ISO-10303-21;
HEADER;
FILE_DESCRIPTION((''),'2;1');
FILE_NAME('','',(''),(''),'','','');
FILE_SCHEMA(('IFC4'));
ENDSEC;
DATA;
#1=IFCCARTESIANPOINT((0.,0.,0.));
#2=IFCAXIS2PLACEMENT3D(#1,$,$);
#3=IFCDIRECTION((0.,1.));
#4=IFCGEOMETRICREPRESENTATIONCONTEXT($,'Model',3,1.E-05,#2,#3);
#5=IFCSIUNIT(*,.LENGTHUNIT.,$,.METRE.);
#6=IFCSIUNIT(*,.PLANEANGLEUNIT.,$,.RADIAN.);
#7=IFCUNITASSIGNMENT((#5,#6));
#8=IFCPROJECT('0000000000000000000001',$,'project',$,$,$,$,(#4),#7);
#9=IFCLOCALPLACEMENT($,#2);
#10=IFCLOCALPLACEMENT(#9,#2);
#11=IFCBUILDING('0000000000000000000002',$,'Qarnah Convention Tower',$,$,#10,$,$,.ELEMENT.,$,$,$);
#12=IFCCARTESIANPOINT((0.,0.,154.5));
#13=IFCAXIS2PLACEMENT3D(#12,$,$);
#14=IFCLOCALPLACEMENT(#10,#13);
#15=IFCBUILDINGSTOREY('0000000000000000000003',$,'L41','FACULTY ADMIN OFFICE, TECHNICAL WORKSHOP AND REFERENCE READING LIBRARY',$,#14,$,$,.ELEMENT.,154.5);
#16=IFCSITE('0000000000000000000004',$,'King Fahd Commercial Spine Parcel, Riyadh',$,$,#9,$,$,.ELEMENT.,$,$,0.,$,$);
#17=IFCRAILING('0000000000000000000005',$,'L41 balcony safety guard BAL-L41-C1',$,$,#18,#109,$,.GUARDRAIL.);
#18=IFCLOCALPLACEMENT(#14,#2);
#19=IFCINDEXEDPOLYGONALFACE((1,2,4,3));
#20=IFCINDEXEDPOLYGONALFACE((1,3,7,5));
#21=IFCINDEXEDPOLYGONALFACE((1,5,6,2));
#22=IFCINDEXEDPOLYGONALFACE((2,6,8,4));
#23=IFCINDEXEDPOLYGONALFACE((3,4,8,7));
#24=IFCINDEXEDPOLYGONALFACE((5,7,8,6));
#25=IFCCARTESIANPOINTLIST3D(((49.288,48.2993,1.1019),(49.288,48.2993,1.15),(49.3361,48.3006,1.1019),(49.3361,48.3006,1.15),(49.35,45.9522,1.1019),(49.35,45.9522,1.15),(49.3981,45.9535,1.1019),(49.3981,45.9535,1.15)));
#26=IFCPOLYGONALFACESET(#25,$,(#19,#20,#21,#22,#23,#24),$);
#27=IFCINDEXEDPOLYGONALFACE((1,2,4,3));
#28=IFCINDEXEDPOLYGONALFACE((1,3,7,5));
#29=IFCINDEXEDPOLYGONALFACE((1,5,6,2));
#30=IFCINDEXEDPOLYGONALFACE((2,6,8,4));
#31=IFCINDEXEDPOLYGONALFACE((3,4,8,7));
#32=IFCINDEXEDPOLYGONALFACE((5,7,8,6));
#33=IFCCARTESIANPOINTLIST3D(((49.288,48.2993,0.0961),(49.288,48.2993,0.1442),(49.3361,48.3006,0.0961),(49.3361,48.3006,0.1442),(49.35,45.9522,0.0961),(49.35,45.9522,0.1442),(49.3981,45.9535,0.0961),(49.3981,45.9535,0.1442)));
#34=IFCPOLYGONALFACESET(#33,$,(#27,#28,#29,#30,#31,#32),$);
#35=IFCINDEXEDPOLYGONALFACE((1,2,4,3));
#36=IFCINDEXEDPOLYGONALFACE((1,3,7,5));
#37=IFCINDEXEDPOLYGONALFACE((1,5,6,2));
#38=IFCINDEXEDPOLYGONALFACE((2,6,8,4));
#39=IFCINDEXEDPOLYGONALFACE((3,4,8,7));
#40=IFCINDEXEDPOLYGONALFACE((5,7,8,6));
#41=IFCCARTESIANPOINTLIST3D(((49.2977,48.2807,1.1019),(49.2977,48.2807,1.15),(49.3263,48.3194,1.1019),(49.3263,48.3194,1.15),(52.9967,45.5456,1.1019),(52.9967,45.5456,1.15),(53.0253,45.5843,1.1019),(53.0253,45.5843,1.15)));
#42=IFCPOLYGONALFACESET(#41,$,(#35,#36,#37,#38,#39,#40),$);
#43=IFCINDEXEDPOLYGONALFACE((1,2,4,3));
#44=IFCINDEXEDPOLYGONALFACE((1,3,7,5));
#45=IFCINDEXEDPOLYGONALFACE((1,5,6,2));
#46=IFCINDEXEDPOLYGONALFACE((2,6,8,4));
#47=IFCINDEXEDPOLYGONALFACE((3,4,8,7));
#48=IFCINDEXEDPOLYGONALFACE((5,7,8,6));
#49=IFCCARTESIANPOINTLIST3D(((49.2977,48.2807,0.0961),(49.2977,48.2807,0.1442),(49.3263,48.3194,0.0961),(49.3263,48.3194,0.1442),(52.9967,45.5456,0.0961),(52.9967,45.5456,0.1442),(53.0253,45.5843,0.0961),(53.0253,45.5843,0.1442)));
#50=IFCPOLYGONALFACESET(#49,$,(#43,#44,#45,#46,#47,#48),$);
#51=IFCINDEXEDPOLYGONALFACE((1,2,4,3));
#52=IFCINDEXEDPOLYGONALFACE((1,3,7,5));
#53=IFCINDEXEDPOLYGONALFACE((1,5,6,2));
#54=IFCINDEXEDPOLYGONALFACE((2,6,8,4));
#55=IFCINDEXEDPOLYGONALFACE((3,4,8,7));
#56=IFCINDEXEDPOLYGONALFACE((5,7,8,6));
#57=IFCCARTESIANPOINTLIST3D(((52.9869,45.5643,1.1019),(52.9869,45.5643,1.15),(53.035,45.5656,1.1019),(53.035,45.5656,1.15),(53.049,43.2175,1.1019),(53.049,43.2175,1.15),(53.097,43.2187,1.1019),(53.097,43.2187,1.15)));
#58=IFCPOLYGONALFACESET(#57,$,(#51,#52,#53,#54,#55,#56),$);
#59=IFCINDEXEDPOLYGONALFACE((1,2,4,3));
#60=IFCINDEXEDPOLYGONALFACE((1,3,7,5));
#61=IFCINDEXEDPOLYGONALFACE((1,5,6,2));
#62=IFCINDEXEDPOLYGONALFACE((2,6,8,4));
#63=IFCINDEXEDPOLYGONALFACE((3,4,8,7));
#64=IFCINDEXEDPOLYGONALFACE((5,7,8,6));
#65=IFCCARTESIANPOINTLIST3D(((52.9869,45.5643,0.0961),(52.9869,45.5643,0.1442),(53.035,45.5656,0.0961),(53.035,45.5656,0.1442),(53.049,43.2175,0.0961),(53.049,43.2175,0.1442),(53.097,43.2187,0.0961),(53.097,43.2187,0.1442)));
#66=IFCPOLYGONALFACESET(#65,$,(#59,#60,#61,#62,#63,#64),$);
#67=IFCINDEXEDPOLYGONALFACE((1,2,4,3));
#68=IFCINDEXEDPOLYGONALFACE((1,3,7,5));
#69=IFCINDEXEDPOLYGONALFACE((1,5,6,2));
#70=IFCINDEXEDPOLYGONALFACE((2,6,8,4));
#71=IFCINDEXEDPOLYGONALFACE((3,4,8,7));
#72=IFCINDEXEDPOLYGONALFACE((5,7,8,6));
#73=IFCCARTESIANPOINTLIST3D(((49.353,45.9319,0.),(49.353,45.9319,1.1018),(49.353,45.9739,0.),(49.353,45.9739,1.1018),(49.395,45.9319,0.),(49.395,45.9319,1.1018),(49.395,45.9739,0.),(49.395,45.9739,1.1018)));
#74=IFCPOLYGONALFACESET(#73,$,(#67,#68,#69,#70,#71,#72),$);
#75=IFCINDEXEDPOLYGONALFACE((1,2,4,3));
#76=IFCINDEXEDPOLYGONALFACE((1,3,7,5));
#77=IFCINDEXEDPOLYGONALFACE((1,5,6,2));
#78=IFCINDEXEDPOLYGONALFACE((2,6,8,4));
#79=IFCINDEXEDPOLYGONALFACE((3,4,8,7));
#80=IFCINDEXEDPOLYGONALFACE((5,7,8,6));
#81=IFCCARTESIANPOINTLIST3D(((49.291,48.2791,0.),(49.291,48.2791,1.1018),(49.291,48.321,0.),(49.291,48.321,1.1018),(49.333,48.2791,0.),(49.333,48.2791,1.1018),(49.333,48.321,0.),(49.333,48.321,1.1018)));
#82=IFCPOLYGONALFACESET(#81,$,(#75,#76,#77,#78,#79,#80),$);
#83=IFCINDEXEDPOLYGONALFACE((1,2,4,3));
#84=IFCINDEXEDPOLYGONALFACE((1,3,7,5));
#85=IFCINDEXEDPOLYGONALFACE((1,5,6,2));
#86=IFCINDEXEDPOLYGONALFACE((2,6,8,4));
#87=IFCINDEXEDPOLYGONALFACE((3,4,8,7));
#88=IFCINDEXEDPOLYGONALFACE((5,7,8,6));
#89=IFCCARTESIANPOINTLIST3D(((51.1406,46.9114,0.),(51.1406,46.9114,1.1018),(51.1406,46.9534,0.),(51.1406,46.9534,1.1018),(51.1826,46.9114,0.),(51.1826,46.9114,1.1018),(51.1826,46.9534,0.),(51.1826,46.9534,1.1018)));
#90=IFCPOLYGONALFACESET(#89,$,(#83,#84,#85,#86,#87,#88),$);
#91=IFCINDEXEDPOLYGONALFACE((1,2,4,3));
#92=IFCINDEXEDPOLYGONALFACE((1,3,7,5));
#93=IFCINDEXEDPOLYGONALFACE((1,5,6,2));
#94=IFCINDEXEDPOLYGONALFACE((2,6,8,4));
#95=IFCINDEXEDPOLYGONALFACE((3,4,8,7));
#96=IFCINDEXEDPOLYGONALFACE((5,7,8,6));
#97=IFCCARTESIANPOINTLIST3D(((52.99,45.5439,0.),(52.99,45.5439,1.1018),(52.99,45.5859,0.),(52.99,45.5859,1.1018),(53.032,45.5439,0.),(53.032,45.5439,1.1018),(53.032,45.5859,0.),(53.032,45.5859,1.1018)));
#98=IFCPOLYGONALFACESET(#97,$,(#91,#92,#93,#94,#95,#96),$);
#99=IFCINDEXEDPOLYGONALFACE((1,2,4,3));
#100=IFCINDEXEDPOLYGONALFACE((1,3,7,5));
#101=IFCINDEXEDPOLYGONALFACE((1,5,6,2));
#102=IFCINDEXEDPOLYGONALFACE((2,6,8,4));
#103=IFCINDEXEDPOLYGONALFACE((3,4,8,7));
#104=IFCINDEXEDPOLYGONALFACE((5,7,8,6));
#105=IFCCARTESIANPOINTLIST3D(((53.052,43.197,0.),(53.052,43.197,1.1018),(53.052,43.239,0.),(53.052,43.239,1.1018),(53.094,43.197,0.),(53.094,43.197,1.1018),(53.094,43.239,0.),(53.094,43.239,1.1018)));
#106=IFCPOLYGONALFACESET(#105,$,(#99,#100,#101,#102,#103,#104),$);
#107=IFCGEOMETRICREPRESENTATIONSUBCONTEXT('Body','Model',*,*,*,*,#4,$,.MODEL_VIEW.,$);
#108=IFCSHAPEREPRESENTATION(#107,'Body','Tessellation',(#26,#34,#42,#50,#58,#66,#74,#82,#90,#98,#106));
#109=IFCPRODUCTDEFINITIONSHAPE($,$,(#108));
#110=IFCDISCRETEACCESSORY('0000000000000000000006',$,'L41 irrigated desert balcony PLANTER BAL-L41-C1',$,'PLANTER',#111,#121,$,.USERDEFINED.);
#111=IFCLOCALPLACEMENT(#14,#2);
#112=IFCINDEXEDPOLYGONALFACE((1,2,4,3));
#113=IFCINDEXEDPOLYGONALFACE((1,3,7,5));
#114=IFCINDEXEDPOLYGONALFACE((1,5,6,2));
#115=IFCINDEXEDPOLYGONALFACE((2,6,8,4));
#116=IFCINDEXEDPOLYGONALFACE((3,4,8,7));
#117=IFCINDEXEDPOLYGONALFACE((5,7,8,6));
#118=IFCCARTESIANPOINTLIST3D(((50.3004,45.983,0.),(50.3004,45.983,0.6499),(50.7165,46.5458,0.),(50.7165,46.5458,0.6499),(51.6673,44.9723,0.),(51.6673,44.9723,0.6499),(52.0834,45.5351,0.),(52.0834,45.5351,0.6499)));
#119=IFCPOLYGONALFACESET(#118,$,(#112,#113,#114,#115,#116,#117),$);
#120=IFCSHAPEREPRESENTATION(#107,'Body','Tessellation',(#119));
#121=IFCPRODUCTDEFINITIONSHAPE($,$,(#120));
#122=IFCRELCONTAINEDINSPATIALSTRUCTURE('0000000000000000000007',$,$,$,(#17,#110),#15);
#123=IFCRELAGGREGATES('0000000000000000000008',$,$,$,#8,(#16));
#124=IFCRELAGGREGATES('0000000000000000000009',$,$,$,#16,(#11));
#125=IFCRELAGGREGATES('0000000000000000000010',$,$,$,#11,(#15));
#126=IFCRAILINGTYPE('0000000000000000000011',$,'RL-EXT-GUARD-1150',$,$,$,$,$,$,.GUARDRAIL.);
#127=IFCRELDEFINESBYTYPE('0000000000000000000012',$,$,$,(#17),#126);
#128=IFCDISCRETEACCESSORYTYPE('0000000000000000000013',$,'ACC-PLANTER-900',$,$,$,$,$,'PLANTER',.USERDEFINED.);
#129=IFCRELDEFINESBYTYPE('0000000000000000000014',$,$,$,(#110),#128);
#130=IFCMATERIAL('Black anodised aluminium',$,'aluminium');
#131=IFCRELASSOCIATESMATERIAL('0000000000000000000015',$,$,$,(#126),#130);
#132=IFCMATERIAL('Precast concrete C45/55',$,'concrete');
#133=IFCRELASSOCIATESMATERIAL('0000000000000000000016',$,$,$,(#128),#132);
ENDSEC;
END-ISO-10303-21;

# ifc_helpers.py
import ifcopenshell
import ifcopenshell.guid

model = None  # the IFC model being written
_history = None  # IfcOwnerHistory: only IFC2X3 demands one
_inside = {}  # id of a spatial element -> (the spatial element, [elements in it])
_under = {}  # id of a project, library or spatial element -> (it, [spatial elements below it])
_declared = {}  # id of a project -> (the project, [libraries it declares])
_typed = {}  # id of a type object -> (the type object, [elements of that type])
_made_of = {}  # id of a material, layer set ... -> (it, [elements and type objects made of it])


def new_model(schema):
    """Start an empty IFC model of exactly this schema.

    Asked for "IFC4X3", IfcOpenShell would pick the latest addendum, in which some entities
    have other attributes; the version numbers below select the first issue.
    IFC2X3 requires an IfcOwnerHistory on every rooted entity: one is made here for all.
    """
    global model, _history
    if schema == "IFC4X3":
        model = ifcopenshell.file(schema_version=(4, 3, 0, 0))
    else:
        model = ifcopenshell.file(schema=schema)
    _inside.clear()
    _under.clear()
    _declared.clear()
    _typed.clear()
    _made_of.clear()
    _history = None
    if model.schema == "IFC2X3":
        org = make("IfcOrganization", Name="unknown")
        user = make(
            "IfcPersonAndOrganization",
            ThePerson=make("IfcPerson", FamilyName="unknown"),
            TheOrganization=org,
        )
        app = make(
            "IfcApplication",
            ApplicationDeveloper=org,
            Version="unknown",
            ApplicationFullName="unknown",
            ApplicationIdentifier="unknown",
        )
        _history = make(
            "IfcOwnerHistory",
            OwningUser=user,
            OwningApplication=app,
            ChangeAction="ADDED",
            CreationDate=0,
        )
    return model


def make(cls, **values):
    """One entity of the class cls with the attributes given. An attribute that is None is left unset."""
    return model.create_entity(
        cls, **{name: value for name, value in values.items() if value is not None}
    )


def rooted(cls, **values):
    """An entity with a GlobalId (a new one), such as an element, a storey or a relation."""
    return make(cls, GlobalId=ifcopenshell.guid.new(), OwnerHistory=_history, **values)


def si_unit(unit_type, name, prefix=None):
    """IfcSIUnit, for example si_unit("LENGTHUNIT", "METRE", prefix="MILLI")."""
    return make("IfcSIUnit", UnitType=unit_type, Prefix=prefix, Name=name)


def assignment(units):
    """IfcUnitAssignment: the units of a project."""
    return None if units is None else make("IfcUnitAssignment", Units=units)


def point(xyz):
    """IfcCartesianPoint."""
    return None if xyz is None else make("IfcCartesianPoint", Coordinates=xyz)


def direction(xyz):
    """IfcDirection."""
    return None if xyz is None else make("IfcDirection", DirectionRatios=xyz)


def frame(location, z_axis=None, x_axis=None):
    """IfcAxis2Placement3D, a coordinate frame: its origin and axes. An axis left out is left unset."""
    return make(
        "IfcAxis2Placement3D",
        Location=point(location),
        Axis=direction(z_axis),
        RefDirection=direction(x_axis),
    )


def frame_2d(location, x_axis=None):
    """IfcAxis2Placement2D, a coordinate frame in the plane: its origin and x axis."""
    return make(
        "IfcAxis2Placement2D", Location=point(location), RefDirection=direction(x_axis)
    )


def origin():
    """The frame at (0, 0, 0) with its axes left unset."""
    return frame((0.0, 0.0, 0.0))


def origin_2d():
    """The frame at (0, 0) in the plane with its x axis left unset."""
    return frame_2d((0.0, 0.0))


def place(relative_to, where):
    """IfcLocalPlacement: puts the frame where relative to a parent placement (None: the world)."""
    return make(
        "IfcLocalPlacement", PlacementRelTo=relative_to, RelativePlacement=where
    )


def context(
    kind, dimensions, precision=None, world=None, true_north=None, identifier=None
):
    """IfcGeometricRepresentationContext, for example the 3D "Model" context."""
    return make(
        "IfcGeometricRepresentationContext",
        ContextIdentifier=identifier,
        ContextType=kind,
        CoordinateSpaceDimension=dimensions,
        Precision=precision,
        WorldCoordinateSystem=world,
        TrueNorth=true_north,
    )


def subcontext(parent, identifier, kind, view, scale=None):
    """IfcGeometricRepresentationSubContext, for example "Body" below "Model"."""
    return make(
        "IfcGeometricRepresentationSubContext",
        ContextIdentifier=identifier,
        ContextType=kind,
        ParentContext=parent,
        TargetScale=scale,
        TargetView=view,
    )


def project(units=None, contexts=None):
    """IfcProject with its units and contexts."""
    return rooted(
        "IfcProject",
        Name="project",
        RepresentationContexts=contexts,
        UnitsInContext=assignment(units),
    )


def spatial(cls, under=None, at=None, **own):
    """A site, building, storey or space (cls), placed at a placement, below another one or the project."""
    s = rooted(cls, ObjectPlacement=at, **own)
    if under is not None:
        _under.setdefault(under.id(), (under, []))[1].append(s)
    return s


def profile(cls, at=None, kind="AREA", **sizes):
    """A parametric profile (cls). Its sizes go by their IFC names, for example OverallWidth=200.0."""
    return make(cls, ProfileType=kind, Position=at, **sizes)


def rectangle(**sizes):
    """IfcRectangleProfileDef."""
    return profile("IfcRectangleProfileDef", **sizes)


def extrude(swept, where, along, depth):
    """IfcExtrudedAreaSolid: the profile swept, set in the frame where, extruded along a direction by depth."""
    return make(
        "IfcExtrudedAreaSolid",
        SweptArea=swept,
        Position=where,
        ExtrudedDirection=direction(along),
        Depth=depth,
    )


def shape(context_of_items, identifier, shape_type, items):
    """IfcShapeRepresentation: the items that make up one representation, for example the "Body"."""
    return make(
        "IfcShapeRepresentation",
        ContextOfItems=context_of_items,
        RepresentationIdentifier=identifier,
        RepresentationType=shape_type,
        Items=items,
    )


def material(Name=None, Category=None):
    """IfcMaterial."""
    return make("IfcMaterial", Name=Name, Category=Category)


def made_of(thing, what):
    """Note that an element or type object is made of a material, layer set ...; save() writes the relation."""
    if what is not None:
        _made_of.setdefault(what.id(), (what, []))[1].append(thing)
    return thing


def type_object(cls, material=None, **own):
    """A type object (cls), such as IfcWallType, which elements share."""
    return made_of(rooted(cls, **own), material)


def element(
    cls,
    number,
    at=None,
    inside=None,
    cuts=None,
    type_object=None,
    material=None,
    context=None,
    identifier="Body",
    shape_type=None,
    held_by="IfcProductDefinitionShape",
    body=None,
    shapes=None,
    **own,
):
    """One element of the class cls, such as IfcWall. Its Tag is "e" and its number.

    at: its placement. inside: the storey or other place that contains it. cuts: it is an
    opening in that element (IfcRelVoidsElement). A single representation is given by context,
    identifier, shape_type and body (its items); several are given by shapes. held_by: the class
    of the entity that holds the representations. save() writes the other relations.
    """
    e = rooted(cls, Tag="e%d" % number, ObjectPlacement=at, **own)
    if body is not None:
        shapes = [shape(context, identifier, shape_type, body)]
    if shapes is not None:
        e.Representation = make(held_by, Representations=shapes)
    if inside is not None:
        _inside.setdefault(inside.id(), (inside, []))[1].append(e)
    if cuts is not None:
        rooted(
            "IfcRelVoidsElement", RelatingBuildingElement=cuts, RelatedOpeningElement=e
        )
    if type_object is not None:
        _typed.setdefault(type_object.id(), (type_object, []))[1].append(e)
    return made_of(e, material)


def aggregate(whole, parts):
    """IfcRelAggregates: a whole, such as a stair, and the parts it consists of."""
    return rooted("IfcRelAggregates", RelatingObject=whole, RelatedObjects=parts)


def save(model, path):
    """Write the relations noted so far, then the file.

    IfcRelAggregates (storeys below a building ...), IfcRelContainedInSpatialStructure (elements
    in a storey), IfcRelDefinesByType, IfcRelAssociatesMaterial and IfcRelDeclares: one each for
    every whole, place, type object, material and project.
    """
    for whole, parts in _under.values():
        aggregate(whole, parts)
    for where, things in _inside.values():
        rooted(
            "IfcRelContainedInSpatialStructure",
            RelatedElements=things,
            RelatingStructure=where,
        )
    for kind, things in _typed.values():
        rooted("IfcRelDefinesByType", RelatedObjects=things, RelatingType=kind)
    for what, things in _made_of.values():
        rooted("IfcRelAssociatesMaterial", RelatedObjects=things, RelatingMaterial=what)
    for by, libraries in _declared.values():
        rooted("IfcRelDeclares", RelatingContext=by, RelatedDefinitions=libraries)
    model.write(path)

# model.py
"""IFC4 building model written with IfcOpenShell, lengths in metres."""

from ifc_helpers import new_model, si_unit, direction, frame, origin, origin_2d, place, context, subcontext, project, spatial, rectangle, extrude, material, type_object, element, save


model = new_model("IFC4")

# Units and contexts
model_context = context("Model", 3, precision=1e-05, world=origin(), true_north=direction((0.0, 1.0)))
body_context = subcontext(model_context, "Body", "Model", "MODEL_VIEW")
ifc_project = project(units=[si_unit("LENGTHUNIT", "METRE"), si_unit("PLANEANGLEUNIT", "RADIAN")], contexts=[model_context])

# Site, building, storey
site_placement = place(None, origin())
site = spatial("IfcSite", under=ifc_project, at=site_placement, Name="King Fahd Commercial Spine Parcel, Riyadh", CompositionType="ELEMENT", RefElevation=0.0)
building_placement = place(site_placement, origin())
building = spatial("IfcBuilding", under=site, at=building_placement, Name="Qarnah Convention Tower", CompositionType="ELEMENT")
storey_placement = place(building_placement, frame((0.0, 0.0, 154.5)))
storey = spatial("IfcBuildingStorey", under=building, at=storey_placement, Name="L41", Description="FACULTY ADMIN OFFICE, TECHNICAL WORKSHOP AND REFERENCE READING LIBRARY", CompositionType="ELEMENT", Elevation=154.5)

# Shared definitions
ifc_material_1 = material(Name="Black anodised aluminium", Category="aluminium")

# Shared definitions
ifc_material_2 = material(Name="Precast concrete C45/55", Category="concrete")

# Railing
railing_type = type_object("IfcRailingType", Name="RL-EXT-GUARD-1150", PredefinedType="GUARDRAIL", material=ifc_material_1)
railing_1_placement = place(storey_placement, frame((49.374, 45.9529, 0.0)))
element("IfcRailing", 1, at=railing_1_placement, inside=storey, type_object=railing_type, Name="L41 balcony safety guard BAL-L41-C1", PredefinedType="GUARDRAIL", context=body_context, shape_type="SweptSolid", body=[
    extrude(rectangle(XDim=0.0481, YDim=0.0481, at=origin_2d()), frame((0.0, 0.0, 1.126), z_axis=(-0.026411, 0.999651, 0.0), x_axis=(-0.999651, -0.026411, 0.0)), (0.0, 0.0, 1.0), 2.3479),
    extrude(rectangle(XDim=0.0481, YDim=0.0481, at=origin_2d()), frame((0.0, 0.0, 0.1201), z_axis=(-0.026411, 0.999651, 0.0), x_axis=(-0.999651, -0.026411, 0.0)), (0.0, 0.0, 1.0), 2.3479),
    extrude(rectangle(XDim=0.0481, YDim=0.0481, at=origin_2d()), frame((-0.062, 2.3472, 1.126), z_axis=(0.804064, -0.594543, 0.0), x_axis=(0.594543, 0.804064, 0.0)), (0.0, 0.0, 1.0), 4.6003),
    extrude(rectangle(XDim=0.0481, YDim=0.0481, at=origin_2d()), frame((-0.062, 2.3472, 0.1201), z_axis=(0.804064, -0.594543, 0.0), x_axis=(0.594543, 0.804064, 0.0)), (0.0, 0.0, 1.0), 4.6003),
    extrude(rectangle(XDim=0.0481, YDim=0.0481, at=origin_2d()), frame((3.637, -0.3879, 1.126), z_axis=(0.026413, -0.999651, 0.0), x_axis=(0.999651, 0.026413, 0.0)), (0.0, 0.0, 1.0), 2.3477),
    extrude(rectangle(XDim=0.0481, YDim=0.0481, at=origin_2d()), frame((3.637, -0.3879, 0.1201), z_axis=(0.026413, -0.999651, 0.0), x_axis=(0.999651, 0.026413, 0.0)), (0.0, 0.0, 1.0), 2.3477),
    extrude(rectangle(XDim=0.042, YDim=0.042, at=origin_2d()), origin(), (0.0, 0.0, 1.0), 1.1018),
    extrude(rectangle(XDim=0.042, YDim=0.042, at=origin_2d()), frame((-0.062, 2.3472, 0.0)), (0.0, 0.0, 1.0), 1.1018),
    extrude(rectangle(XDim=0.042, YDim=0.042, at=origin_2d()), frame((1.7876, 0.9795, 0.0)), (0.0, 0.0, 1.0), 1.1018),
    extrude(rectangle(XDim=0.042, YDim=0.042, at=origin_2d()), frame((3.637, -0.3879, 0.0)), (0.0, 0.0, 1.0), 1.1018),
    extrude(rectangle(XDim=0.042, YDim=0.042, at=origin_2d()), frame((3.699, -2.7349, 0.0)), (0.0, 0.0, 1.0), 1.1018),
])

# Discrete accessory
discrete_accessory_type = type_object("IfcDiscreteAccessoryType", Name="ACC-PLANTER-900", ElementType="PLANTER", PredefinedType="USERDEFINED", material=ifc_material_2)
discrete_accessory_placement = place(storey_placement, frame((51.1919, 45.759, 0.0), z_axis=(0.0, 0.0, 1.0), x_axis=(-0.804064, 0.594542, 0.0)))
element("IfcDiscreteAccessory", 2, at=discrete_accessory_placement, inside=storey, type_object=discrete_accessory_type, Name="L41 irrigated desert balcony PLANTER BAL-L41-C1", ObjectType="PLANTER", PredefinedType="USERDEFINED", context=body_context, shape_type="SweptSolid", body=[
    extrude(rectangle(XDim=1.7, YDim=0.7, at=origin_2d()), origin(), (0.0, 0.0, 1.0), 0.6499),
])

save(model, "model.ifc")
